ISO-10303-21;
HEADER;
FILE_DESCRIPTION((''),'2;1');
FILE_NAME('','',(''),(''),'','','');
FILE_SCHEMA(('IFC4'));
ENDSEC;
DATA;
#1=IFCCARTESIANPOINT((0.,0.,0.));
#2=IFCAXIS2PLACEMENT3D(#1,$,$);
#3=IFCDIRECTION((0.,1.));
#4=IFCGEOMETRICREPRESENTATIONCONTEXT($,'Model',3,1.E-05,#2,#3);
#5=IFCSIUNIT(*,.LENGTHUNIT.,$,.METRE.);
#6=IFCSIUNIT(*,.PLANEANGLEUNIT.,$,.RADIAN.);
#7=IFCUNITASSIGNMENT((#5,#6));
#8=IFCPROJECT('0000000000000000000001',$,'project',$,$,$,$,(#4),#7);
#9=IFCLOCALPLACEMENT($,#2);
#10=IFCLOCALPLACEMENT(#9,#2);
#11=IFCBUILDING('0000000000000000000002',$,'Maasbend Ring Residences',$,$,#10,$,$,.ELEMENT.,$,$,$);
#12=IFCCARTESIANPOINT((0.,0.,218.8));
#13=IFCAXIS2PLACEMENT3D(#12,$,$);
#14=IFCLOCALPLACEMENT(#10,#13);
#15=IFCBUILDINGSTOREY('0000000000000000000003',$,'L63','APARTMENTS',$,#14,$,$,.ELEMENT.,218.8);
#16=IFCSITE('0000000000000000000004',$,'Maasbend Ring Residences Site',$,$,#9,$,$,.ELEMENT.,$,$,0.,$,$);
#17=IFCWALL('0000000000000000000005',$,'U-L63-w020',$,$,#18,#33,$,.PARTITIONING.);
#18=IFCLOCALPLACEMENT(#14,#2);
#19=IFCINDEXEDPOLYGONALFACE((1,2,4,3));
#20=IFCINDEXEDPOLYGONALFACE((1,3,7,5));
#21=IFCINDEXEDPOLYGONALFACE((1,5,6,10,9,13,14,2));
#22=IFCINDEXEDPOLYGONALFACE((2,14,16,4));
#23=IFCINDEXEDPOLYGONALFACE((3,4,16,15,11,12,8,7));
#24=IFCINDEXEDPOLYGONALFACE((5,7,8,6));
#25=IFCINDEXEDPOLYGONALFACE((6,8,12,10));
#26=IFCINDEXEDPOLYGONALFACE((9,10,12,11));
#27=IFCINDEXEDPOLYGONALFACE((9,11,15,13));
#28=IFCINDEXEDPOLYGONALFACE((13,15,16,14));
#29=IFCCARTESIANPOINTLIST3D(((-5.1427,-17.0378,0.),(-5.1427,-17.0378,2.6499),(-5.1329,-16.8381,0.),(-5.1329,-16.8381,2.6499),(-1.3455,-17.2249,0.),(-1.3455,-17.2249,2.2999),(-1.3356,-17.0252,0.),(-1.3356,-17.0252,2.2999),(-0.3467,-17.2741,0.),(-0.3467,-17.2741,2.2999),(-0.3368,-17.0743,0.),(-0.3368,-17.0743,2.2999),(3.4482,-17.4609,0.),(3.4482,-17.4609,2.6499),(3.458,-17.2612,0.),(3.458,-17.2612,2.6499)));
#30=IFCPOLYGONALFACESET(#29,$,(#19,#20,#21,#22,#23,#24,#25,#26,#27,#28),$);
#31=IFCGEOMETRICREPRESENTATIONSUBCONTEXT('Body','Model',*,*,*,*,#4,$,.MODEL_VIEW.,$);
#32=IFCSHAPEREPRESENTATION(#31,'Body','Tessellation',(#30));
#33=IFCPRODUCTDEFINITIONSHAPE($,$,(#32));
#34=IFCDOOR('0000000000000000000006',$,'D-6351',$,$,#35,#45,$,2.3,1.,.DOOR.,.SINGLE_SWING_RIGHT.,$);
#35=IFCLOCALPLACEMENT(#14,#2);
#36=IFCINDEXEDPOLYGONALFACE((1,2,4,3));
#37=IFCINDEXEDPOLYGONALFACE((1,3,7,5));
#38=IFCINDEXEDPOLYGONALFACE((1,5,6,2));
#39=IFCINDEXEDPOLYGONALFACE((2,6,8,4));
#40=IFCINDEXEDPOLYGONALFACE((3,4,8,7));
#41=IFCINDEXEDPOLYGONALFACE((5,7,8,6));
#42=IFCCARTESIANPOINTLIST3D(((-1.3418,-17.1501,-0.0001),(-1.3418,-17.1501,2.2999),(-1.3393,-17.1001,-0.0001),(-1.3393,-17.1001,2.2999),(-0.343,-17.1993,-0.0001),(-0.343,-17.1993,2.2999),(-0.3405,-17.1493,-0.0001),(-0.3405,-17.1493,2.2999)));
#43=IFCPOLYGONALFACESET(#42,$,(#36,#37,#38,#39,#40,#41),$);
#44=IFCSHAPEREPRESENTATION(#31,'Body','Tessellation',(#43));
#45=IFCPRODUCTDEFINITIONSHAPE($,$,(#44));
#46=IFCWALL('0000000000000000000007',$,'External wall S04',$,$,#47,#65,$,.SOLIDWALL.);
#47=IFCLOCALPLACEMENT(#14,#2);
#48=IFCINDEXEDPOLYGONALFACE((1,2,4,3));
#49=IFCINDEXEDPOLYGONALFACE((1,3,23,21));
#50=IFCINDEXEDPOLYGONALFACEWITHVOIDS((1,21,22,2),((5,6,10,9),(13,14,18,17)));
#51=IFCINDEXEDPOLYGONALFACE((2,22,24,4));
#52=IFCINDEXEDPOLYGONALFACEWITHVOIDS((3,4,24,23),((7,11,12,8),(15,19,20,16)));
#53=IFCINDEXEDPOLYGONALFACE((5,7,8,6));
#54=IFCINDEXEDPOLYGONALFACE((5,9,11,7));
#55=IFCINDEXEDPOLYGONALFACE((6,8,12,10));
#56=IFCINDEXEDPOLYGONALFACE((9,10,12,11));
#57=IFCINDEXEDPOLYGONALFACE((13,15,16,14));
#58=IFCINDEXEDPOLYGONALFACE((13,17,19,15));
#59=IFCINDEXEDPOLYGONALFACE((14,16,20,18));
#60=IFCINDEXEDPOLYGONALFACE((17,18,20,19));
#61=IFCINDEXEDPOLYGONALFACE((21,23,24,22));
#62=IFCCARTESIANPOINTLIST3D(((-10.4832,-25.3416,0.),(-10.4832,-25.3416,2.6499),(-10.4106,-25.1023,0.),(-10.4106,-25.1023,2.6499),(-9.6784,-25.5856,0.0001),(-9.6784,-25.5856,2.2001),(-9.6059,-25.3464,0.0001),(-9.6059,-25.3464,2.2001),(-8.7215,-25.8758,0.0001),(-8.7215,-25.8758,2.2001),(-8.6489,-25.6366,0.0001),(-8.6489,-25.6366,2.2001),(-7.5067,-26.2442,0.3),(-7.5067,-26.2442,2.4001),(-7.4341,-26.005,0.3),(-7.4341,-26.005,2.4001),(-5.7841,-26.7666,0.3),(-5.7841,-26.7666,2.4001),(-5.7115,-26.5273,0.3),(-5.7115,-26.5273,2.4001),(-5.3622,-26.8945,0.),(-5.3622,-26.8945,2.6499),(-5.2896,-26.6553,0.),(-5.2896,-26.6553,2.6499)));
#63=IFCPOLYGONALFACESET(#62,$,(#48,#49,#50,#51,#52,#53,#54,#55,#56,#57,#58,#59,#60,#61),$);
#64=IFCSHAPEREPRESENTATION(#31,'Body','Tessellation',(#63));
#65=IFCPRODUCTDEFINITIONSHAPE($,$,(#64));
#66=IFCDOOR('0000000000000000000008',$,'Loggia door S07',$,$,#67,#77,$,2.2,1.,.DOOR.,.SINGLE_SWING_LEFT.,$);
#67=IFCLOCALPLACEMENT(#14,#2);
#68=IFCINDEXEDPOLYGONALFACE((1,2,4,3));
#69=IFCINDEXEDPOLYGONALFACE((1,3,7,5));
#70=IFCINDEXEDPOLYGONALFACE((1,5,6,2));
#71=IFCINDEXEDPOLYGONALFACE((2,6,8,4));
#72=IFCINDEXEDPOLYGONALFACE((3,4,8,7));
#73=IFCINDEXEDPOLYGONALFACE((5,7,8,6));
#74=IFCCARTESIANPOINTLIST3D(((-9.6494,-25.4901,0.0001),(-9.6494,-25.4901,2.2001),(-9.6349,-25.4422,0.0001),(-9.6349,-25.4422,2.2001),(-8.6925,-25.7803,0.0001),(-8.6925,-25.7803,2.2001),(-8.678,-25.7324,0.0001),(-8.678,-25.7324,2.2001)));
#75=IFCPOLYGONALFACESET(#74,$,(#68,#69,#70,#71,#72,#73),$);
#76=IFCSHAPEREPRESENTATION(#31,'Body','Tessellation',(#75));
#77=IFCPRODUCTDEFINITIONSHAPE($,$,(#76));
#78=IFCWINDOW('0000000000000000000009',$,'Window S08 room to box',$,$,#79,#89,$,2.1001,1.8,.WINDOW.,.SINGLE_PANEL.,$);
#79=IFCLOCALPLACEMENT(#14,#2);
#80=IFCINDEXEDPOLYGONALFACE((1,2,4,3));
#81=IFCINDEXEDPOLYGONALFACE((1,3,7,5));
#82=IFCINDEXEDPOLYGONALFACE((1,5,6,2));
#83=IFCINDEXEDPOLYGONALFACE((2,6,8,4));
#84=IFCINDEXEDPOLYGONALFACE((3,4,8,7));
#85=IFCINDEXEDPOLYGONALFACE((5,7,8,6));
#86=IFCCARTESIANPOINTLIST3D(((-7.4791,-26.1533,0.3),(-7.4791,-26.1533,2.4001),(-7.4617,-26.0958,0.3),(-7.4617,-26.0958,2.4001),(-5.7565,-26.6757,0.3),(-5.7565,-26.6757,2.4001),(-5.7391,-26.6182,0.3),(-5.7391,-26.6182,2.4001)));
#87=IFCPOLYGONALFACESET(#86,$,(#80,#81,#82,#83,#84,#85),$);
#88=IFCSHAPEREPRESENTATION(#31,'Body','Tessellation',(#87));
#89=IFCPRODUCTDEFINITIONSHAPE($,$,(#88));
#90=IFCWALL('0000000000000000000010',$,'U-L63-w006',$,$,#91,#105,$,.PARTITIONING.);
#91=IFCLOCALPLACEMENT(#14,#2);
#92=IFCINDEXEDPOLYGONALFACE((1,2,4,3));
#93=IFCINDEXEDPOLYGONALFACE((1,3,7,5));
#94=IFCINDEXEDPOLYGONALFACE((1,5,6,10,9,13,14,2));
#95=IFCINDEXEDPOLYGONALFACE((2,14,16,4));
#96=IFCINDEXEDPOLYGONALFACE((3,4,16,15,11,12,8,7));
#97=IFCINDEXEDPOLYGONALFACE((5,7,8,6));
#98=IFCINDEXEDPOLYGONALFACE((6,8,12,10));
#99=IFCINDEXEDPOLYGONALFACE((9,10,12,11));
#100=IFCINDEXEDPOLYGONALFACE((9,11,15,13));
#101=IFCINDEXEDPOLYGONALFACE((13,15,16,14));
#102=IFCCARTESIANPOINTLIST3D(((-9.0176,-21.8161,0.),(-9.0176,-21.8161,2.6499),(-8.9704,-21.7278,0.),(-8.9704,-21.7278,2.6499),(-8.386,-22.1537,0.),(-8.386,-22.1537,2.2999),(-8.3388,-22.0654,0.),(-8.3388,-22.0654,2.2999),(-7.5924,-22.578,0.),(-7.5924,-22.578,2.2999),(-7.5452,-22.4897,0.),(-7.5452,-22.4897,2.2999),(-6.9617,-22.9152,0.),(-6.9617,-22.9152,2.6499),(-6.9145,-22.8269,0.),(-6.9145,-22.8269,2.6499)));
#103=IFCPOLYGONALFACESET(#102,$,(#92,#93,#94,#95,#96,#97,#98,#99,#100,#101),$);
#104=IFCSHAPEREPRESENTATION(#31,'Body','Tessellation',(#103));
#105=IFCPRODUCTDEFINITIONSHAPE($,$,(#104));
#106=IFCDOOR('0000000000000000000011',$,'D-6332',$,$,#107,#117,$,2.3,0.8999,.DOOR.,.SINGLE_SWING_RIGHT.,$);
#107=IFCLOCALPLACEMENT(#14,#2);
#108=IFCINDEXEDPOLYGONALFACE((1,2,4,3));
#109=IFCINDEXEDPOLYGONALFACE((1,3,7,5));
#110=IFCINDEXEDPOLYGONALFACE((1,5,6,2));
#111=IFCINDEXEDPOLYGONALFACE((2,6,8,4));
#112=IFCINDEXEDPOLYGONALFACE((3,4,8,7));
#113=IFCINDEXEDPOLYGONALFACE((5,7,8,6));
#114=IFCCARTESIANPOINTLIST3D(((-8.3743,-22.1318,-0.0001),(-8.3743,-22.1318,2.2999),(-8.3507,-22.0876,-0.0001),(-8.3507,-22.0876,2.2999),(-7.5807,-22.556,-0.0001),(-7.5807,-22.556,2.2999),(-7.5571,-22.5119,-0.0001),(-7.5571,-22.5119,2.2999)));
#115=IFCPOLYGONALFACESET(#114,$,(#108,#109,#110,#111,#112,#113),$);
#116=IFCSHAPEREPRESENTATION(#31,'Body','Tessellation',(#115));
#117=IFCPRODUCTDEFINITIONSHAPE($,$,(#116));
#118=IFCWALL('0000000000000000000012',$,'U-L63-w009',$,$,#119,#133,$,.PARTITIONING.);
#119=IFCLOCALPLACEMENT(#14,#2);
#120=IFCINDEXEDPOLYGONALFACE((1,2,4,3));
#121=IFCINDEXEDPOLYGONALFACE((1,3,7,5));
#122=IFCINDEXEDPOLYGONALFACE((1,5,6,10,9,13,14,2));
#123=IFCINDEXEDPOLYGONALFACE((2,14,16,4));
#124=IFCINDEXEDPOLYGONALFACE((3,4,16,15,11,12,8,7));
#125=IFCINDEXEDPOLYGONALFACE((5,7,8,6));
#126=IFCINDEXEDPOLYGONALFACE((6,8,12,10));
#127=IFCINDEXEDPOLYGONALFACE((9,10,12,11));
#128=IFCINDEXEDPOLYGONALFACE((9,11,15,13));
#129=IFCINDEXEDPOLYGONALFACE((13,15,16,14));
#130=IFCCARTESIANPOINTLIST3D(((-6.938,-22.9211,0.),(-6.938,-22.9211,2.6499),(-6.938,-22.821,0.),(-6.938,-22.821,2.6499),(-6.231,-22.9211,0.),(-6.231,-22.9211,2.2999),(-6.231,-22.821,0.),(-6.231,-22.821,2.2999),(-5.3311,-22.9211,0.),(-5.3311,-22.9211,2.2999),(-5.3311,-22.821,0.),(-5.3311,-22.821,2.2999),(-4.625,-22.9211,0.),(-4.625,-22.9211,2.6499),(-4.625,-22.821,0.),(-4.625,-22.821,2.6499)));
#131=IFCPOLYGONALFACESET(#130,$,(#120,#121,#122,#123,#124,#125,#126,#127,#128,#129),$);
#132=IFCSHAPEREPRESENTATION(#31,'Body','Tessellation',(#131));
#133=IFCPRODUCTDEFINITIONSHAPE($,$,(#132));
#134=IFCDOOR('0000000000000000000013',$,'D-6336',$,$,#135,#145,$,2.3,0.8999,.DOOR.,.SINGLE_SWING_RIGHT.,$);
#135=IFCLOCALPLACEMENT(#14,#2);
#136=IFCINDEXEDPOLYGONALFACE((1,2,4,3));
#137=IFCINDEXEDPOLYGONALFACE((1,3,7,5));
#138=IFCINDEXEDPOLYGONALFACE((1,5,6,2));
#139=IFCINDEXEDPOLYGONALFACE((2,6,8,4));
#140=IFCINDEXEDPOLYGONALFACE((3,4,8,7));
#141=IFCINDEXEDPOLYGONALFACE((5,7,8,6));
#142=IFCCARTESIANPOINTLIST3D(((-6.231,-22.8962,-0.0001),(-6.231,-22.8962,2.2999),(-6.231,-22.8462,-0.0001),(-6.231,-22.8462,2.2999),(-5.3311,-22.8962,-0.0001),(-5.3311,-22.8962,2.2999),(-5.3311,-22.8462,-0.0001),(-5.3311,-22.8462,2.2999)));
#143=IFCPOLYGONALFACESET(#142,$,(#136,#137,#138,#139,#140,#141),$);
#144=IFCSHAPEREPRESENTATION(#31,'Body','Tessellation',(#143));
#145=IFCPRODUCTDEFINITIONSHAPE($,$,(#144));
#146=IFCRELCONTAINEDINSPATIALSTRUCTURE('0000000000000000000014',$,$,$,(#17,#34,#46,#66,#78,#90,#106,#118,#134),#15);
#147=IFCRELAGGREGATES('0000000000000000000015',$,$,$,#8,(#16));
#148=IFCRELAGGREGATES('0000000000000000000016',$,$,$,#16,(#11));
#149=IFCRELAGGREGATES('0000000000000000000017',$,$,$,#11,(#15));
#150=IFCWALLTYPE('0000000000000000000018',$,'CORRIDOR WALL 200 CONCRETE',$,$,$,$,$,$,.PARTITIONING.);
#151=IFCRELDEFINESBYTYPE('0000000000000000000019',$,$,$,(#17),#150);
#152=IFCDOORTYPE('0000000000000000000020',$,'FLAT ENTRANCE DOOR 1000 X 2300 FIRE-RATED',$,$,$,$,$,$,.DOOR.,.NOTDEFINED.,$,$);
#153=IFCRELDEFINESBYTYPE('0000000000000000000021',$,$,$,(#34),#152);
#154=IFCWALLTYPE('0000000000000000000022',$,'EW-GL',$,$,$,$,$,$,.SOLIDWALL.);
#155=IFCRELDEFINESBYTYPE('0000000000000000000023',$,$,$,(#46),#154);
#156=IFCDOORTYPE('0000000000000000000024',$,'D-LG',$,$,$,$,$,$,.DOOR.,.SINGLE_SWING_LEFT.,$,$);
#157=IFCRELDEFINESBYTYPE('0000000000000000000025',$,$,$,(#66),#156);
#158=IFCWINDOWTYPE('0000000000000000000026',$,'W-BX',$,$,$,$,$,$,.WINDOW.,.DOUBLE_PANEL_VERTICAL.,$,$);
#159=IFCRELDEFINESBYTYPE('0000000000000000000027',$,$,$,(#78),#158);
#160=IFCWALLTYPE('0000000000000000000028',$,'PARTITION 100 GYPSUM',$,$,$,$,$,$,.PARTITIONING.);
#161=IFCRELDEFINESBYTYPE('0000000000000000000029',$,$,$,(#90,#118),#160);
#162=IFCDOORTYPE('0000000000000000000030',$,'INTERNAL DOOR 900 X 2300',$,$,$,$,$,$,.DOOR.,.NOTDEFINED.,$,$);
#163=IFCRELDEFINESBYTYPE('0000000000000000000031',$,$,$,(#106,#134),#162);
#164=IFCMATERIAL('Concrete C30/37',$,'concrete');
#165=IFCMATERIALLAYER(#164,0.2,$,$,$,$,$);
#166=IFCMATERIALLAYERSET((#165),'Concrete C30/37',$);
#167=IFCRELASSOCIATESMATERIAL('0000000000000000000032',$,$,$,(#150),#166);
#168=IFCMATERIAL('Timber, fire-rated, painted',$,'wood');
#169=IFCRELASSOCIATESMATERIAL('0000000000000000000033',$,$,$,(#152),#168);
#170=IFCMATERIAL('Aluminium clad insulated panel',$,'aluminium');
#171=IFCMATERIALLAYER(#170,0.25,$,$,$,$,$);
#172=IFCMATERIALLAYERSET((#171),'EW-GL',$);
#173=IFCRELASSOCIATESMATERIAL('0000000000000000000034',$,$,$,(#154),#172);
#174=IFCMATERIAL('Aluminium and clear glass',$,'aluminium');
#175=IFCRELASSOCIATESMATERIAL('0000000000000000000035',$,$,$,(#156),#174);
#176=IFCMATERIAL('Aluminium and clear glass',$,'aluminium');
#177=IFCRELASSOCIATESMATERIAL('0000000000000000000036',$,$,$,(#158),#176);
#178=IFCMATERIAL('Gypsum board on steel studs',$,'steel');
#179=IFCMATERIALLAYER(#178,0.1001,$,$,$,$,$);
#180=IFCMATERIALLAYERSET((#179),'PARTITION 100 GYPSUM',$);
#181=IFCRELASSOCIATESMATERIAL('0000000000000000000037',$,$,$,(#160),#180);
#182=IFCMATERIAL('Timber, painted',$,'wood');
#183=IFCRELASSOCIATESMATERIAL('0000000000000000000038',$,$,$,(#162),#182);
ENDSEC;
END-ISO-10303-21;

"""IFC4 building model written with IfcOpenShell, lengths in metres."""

from ifc_helpers import new_model, si_unit, direction, frame, frame_2d, origin, place, context, subcontext, project, spatial, rectangle, extrude, material, layer, layer_set, type_object, element, fill, save


model = new_model("IFC4")

# Units and contexts
model_context = context("Model", 3, precision=1e-05, world=origin(), true_north=direction((0.0, 1.0)))
body_context = subcontext(model_context, "Body", "Model", "MODEL_VIEW")
ifc_project = project(units=[si_unit("LENGTHUNIT", "METRE"), si_unit("PLANEANGLEUNIT", "RADIAN")], contexts=[model_context])

# Site, building, storey
site_placement = place(None, origin())
site = spatial("IfcSite", under=ifc_project, at=site_placement, Name="Maasbend Ring Residences Site", CompositionType="ELEMENT", RefElevation=0.0)
building_placement = place(site_placement, origin())
building = spatial("IfcBuilding", under=site, at=building_placement, Name="Maasbend Ring Residences", CompositionType="ELEMENT")
storey_placement = place(building_placement, frame((0.0, 0.0, 218.8)))
storey = spatial("IfcBuildingStorey", under=building, at=storey_placement, Name="L63", Description="APARTMENTS", CompositionType="ELEMENT", Elevation=218.8)

# Wall, opening, door
ifc_material_1 = material(Name="Concrete C30/37", Category="concrete")
ifc_layer_1 = layer(ifc_material_1, 0.2)
ifc_layer_set_1 = layer_set([ifc_layer_1], Name="Concrete C30/37")
wall_type_1 = type_object("IfcWallType", Name="CORRIDOR WALL 200 CONCRETE", PredefinedType="PARTITIONING", material=ifc_layer_set_1)
ifc_material_2 = material(Name="Timber, fire-rated, painted", Category="wood")
door_type_1 = type_object("IfcDoorType", Name="FLAT ENTRANCE DOOR 1000 X 2300 FIRE-RATED", OperationType="NOTDEFINED", PredefinedType="DOOR", material=ifc_material_2)
wall_1_placement = place(storey_placement, frame((-5.1379, -16.938, 0.0), z_axis=(0.0, 0.0, 1.0), x_axis=(0.998789, -0.04919, 0.0)))
wall_1 = element("IfcWall", 1, at=wall_1_placement, inside=storey, type_object=wall_type_1, Name="U-L63-w020", PredefinedType="PARTITIONING", context=body_context, shape_type="SweptSolid", body=[
    extrude(rectangle(XDim=8.6013, YDim=0.2, at=frame_2d((4.3008, 0.0))), origin(), (0.0, 0.0, 1.0), 2.6499),
])
opening_1_placement = place(wall_1_placement, frame((3.802, 0.0, 0.0)))
opening_1 = element("IfcOpeningElement", 2, at=opening_1_placement, cuts=wall_1, PredefinedType="OPENING", context=body_context, shape_type="SweptSolid", body=[
    extrude(rectangle(XDim=1.0, YDim=2.3, at=frame_2d((0.5, 1.1499))), frame((0.0, 0.1099, 0.0), z_axis=(0.0, -1.0, 0.0), x_axis=(1.0, 0.0, 0.0)), (0.0, 0.0, 1.0), 0.22),
])
door_1_placement = place(opening_1_placement, origin())
door_1 = element("IfcDoor", 3, at=door_1_placement, inside=storey, type_object=door_type_1, Name="D-6351", OperationType="SINGLE_SWING_RIGHT", OverallHeight=2.3, OverallWidth=1.0, PredefinedType="DOOR", context=body_context, shape_type="SweptSolid", body=[
    extrude(rectangle(XDim=1.0, YDim=2.3, at=frame_2d((0.5, 1.1499))), frame((0.0, 0.0249, 0.0), z_axis=(0.0, -1.0, 0.0), x_axis=(1.0, 0.0, 0.0)), (0.0, 0.0, 1.0), 0.05),
])
fill(opening_1, door_1)

# Wall, openings, door, window
ifc_material_3 = material(Name="Aluminium clad insulated panel", Category="aluminium")
ifc_layer_2 = layer(ifc_material_3, 0.25)
ifc_layer_set_2 = layer_set([ifc_layer_2], Name="EW-GL")
wall_type_2 = type_object("IfcWallType", Name="EW-GL", PredefinedType="SOLIDWALL", material=ifc_layer_set_2)
wall_2_placement = place(storey_placement, frame((-10.447, -25.2219, 0.0), z_axis=(0.0, 0.0, 1.0), x_axis=(0.956966, -0.290201, 0.0)))
wall_2 = element("IfcWall", 4, at=wall_2_placement, inside=storey, type_object=wall_type_2, Name="External wall S04", PredefinedType="SOLIDWALL", context=body_context, shape_type="SweptSolid", body=[
    extrude(rectangle(XDim=5.3513, YDim=0.25, at=frame_2d((2.6758, 0.0))), origin(), (0.0, 0.0, 1.0), 2.6499),
])
opening_2_placement = place(wall_2_placement, frame((0.8411, 0.0, 0.0)))
opening_2 = element("IfcOpeningElement", 5, at=opening_2_placement, cuts=wall_2, PredefinedType="OPENING", context=body_context, shape_type="SweptSolid", body=[
    extrude(rectangle(XDim=1.0, YDim=2.2, at=frame_2d((0.5, 1.1001))), frame((0.0, 0.135, 0.0), z_axis=(0.0, -1.0, 0.0), x_axis=(1.0, 0.0, 0.0)), (0.0, 0.0, 1.0), 0.27),
])
opening_3_placement = place(wall_2_placement, frame((3.1106, 0.0, 0.3)))
opening_3 = element("IfcOpeningElement", 6, at=opening_3_placement, cuts=wall_2, PredefinedType="OPENING", context=body_context, shape_type="SweptSolid", body=[
    extrude(rectangle(XDim=1.8, YDim=2.1001, at=frame_2d((0.8999, 1.05))), frame((0.0, 0.135, 0.0), z_axis=(0.0, -1.0, 0.0), x_axis=(1.0, 0.0, 0.0)), (0.0, 0.0, 1.0), 0.27),
])
ifc_material_4 = material(Name="Aluminium and clear glass", Category="aluminium")
door_type_2 = type_object("IfcDoorType", Name="D-LG", OperationType="SINGLE_SWING_LEFT", PredefinedType="DOOR", material=ifc_material_4)
door_2_placement = place(opening_2_placement, origin())
door_2 = element("IfcDoor", 7, at=door_2_placement, inside=storey, type_object=door_type_2, Name="Loggia door S07", OperationType="SINGLE_SWING_LEFT", OverallHeight=2.2, OverallWidth=1.0, PredefinedType="DOOR", context=body_context, shape_type="SweptSolid", body=[
    extrude(rectangle(XDim=1.0, YDim=2.2, at=frame_2d((0.5, 1.1001))), frame((0.0, 0.0249, 0.0), z_axis=(0.0, -1.0, 0.0), x_axis=(1.0, 0.0, 0.0)), (0.0, 0.0, 1.0), 0.05),
])
fill(opening_2, door_2)
ifc_material_5 = material(Name="Aluminium and clear glass", Category="aluminium")
window_type = type_object("IfcWindowType", Name="W-BX", PartitioningType="DOUBLE_PANEL_VERTICAL", PredefinedType="WINDOW", material=ifc_material_5)
window_placement = place(opening_3_placement, origin())
window = element("IfcWindow", 8, at=window_placement, inside=storey, type_object=window_type, Name="Window S08 room to box", OverallHeight=2.1001, OverallWidth=1.8, PartitioningType="SINGLE_PANEL", PredefinedType="WINDOW", context=body_context, shape_type="SweptSolid", body=[
    extrude(rectangle(XDim=1.8, YDim=2.1001, at=frame_2d((0.8999, 1.05))), frame((0.0, 0.03, 0.0), z_axis=(0.0, -1.0, 0.0), x_axis=(1.0, 0.0, 0.0)), (0.0, 0.0, 1.0), 0.0601),
])
fill(opening_3, window)

# Walls, openings, doors
ifc_material_6 = material(Name="Gypsum board on steel studs", Category="steel")
ifc_layer_3 = layer(ifc_material_6, 0.1001)
ifc_layer_set_3 = layer_set([ifc_layer_3], Name="PARTITION 100 GYPSUM")
wall_type_3 = type_object("IfcWallType", Name="PARTITION 100 GYPSUM", PredefinedType="PARTITIONING", material=ifc_layer_set_3)
wall_3_placement = place(storey_placement, frame((-8.9939, -21.772, 0.0), z_axis=(0.0, 0.0, 1.0), x_axis=(0.881883, -0.471469, 0.0)))
wall_3 = element("IfcWall", 9, at=wall_3_placement, inside=storey, type_object=wall_type_3, Name="U-L63-w006", PredefinedType="PARTITIONING", context=body_context, shape_type="SweptSolid", body=[
    extrude(rectangle(XDim=2.3313, YDim=0.1001, at=frame_2d((1.1655, 0.0))), origin(), (0.0, 0.0, 1.0), 2.6499),
])
opening_4_placement = place(wall_3_placement, frame((0.7161, 0.0, 0.0)))
opening_4 = element("IfcOpeningElement", 10, at=opening_4_placement, cuts=wall_3, PredefinedType="OPENING", context=body_context, shape_type="SweptSolid", body=[
    extrude(rectangle(XDim=0.8999, YDim=2.3, at=frame_2d((0.45, 1.1499))), frame((0.0, 0.0601, 0.0), z_axis=(0.0, -1.0, 0.0), x_axis=(1.0, 0.0, 0.0)), (0.0, 0.0, 1.0), 0.1201),
])
ifc_material_7 = material(Name="Timber, painted", Category="wood")
door_type_3 = type_object("IfcDoorType", Name="INTERNAL DOOR 900 X 2300", OperationType="NOTDEFINED", PredefinedType="DOOR", material=ifc_material_7)
door_3_placement = place(opening_4_placement, origin())
door_3 = element("IfcDoor", 11, at=door_3_placement, inside=storey, type_object=door_type_3, Name="D-6332", OperationType="SINGLE_SWING_RIGHT", OverallHeight=2.3, OverallWidth=0.8999, PredefinedType="DOOR", context=body_context, shape_type="SweptSolid", body=[
    extrude(rectangle(XDim=0.8999, YDim=2.3, at=frame_2d((0.45, 1.1499))), frame((0.0, 0.0249, 0.0), z_axis=(0.0, -1.0, 0.0), x_axis=(1.0, 0.0, 0.0)), (0.0, 0.0, 1.0), 0.05),
])
fill(opening_4, door_3)
wall_4_placement = place(storey_placement, frame((-6.938, -22.8711, 0.0), z_axis=(0.0, 0.0, 1.0), x_axis=(1.0, 0.0, 0.0)))
wall_4 = element("IfcWall", 12, at=wall_4_placement, inside=storey, type_object=wall_type_3, Name="U-L63-w009", PredefinedType="PARTITIONING", context=body_context, shape_type="SweptSolid", body=[
    extrude(rectangle(XDim=2.313, YDim=0.1001, at=frame_2d((1.1565, 0.0))), origin(), (0.0, 0.0, 1.0), 2.6499),
])
opening_5_placement = place(wall_4_placement, frame((0.707, 0.0, 0.0)))
opening_5 = element("IfcOpeningElement", 13, at=opening_5_placement, cuts=wall_4, PredefinedType="OPENING", context=body_context, shape_type="SweptSolid", body=[
    extrude(rectangle(XDim=0.8999, YDim=2.3, at=frame_2d((0.45, 1.1499))), frame((0.0, 0.0601, 0.0), z_axis=(0.0, -1.0, 0.0), x_axis=(1.0, 0.0, 0.0)), (0.0, 0.0, 1.0), 0.1201),
])
door_4_placement = place(opening_5_placement, origin())
door_4 = element("IfcDoor", 14, at=door_4_placement, inside=storey, type_object=door_type_3, Name="D-6336", OperationType="SINGLE_SWING_RIGHT", OverallHeight=2.3, OverallWidth=0.8999, PredefinedType="DOOR", context=body_context, shape_type="SweptSolid", body=[
    extrude(rectangle(XDim=0.8999, YDim=2.3, at=frame_2d((0.45, 1.1499))), frame((0.0, 0.0249, 0.0), z_axis=(0.0, -1.0, 0.0), x_axis=(1.0, 0.0, 0.0)), (0.0, 0.0, 1.0), 0.05),
])
fill(opening_5, door_4)

save(model, "model.ifc")
